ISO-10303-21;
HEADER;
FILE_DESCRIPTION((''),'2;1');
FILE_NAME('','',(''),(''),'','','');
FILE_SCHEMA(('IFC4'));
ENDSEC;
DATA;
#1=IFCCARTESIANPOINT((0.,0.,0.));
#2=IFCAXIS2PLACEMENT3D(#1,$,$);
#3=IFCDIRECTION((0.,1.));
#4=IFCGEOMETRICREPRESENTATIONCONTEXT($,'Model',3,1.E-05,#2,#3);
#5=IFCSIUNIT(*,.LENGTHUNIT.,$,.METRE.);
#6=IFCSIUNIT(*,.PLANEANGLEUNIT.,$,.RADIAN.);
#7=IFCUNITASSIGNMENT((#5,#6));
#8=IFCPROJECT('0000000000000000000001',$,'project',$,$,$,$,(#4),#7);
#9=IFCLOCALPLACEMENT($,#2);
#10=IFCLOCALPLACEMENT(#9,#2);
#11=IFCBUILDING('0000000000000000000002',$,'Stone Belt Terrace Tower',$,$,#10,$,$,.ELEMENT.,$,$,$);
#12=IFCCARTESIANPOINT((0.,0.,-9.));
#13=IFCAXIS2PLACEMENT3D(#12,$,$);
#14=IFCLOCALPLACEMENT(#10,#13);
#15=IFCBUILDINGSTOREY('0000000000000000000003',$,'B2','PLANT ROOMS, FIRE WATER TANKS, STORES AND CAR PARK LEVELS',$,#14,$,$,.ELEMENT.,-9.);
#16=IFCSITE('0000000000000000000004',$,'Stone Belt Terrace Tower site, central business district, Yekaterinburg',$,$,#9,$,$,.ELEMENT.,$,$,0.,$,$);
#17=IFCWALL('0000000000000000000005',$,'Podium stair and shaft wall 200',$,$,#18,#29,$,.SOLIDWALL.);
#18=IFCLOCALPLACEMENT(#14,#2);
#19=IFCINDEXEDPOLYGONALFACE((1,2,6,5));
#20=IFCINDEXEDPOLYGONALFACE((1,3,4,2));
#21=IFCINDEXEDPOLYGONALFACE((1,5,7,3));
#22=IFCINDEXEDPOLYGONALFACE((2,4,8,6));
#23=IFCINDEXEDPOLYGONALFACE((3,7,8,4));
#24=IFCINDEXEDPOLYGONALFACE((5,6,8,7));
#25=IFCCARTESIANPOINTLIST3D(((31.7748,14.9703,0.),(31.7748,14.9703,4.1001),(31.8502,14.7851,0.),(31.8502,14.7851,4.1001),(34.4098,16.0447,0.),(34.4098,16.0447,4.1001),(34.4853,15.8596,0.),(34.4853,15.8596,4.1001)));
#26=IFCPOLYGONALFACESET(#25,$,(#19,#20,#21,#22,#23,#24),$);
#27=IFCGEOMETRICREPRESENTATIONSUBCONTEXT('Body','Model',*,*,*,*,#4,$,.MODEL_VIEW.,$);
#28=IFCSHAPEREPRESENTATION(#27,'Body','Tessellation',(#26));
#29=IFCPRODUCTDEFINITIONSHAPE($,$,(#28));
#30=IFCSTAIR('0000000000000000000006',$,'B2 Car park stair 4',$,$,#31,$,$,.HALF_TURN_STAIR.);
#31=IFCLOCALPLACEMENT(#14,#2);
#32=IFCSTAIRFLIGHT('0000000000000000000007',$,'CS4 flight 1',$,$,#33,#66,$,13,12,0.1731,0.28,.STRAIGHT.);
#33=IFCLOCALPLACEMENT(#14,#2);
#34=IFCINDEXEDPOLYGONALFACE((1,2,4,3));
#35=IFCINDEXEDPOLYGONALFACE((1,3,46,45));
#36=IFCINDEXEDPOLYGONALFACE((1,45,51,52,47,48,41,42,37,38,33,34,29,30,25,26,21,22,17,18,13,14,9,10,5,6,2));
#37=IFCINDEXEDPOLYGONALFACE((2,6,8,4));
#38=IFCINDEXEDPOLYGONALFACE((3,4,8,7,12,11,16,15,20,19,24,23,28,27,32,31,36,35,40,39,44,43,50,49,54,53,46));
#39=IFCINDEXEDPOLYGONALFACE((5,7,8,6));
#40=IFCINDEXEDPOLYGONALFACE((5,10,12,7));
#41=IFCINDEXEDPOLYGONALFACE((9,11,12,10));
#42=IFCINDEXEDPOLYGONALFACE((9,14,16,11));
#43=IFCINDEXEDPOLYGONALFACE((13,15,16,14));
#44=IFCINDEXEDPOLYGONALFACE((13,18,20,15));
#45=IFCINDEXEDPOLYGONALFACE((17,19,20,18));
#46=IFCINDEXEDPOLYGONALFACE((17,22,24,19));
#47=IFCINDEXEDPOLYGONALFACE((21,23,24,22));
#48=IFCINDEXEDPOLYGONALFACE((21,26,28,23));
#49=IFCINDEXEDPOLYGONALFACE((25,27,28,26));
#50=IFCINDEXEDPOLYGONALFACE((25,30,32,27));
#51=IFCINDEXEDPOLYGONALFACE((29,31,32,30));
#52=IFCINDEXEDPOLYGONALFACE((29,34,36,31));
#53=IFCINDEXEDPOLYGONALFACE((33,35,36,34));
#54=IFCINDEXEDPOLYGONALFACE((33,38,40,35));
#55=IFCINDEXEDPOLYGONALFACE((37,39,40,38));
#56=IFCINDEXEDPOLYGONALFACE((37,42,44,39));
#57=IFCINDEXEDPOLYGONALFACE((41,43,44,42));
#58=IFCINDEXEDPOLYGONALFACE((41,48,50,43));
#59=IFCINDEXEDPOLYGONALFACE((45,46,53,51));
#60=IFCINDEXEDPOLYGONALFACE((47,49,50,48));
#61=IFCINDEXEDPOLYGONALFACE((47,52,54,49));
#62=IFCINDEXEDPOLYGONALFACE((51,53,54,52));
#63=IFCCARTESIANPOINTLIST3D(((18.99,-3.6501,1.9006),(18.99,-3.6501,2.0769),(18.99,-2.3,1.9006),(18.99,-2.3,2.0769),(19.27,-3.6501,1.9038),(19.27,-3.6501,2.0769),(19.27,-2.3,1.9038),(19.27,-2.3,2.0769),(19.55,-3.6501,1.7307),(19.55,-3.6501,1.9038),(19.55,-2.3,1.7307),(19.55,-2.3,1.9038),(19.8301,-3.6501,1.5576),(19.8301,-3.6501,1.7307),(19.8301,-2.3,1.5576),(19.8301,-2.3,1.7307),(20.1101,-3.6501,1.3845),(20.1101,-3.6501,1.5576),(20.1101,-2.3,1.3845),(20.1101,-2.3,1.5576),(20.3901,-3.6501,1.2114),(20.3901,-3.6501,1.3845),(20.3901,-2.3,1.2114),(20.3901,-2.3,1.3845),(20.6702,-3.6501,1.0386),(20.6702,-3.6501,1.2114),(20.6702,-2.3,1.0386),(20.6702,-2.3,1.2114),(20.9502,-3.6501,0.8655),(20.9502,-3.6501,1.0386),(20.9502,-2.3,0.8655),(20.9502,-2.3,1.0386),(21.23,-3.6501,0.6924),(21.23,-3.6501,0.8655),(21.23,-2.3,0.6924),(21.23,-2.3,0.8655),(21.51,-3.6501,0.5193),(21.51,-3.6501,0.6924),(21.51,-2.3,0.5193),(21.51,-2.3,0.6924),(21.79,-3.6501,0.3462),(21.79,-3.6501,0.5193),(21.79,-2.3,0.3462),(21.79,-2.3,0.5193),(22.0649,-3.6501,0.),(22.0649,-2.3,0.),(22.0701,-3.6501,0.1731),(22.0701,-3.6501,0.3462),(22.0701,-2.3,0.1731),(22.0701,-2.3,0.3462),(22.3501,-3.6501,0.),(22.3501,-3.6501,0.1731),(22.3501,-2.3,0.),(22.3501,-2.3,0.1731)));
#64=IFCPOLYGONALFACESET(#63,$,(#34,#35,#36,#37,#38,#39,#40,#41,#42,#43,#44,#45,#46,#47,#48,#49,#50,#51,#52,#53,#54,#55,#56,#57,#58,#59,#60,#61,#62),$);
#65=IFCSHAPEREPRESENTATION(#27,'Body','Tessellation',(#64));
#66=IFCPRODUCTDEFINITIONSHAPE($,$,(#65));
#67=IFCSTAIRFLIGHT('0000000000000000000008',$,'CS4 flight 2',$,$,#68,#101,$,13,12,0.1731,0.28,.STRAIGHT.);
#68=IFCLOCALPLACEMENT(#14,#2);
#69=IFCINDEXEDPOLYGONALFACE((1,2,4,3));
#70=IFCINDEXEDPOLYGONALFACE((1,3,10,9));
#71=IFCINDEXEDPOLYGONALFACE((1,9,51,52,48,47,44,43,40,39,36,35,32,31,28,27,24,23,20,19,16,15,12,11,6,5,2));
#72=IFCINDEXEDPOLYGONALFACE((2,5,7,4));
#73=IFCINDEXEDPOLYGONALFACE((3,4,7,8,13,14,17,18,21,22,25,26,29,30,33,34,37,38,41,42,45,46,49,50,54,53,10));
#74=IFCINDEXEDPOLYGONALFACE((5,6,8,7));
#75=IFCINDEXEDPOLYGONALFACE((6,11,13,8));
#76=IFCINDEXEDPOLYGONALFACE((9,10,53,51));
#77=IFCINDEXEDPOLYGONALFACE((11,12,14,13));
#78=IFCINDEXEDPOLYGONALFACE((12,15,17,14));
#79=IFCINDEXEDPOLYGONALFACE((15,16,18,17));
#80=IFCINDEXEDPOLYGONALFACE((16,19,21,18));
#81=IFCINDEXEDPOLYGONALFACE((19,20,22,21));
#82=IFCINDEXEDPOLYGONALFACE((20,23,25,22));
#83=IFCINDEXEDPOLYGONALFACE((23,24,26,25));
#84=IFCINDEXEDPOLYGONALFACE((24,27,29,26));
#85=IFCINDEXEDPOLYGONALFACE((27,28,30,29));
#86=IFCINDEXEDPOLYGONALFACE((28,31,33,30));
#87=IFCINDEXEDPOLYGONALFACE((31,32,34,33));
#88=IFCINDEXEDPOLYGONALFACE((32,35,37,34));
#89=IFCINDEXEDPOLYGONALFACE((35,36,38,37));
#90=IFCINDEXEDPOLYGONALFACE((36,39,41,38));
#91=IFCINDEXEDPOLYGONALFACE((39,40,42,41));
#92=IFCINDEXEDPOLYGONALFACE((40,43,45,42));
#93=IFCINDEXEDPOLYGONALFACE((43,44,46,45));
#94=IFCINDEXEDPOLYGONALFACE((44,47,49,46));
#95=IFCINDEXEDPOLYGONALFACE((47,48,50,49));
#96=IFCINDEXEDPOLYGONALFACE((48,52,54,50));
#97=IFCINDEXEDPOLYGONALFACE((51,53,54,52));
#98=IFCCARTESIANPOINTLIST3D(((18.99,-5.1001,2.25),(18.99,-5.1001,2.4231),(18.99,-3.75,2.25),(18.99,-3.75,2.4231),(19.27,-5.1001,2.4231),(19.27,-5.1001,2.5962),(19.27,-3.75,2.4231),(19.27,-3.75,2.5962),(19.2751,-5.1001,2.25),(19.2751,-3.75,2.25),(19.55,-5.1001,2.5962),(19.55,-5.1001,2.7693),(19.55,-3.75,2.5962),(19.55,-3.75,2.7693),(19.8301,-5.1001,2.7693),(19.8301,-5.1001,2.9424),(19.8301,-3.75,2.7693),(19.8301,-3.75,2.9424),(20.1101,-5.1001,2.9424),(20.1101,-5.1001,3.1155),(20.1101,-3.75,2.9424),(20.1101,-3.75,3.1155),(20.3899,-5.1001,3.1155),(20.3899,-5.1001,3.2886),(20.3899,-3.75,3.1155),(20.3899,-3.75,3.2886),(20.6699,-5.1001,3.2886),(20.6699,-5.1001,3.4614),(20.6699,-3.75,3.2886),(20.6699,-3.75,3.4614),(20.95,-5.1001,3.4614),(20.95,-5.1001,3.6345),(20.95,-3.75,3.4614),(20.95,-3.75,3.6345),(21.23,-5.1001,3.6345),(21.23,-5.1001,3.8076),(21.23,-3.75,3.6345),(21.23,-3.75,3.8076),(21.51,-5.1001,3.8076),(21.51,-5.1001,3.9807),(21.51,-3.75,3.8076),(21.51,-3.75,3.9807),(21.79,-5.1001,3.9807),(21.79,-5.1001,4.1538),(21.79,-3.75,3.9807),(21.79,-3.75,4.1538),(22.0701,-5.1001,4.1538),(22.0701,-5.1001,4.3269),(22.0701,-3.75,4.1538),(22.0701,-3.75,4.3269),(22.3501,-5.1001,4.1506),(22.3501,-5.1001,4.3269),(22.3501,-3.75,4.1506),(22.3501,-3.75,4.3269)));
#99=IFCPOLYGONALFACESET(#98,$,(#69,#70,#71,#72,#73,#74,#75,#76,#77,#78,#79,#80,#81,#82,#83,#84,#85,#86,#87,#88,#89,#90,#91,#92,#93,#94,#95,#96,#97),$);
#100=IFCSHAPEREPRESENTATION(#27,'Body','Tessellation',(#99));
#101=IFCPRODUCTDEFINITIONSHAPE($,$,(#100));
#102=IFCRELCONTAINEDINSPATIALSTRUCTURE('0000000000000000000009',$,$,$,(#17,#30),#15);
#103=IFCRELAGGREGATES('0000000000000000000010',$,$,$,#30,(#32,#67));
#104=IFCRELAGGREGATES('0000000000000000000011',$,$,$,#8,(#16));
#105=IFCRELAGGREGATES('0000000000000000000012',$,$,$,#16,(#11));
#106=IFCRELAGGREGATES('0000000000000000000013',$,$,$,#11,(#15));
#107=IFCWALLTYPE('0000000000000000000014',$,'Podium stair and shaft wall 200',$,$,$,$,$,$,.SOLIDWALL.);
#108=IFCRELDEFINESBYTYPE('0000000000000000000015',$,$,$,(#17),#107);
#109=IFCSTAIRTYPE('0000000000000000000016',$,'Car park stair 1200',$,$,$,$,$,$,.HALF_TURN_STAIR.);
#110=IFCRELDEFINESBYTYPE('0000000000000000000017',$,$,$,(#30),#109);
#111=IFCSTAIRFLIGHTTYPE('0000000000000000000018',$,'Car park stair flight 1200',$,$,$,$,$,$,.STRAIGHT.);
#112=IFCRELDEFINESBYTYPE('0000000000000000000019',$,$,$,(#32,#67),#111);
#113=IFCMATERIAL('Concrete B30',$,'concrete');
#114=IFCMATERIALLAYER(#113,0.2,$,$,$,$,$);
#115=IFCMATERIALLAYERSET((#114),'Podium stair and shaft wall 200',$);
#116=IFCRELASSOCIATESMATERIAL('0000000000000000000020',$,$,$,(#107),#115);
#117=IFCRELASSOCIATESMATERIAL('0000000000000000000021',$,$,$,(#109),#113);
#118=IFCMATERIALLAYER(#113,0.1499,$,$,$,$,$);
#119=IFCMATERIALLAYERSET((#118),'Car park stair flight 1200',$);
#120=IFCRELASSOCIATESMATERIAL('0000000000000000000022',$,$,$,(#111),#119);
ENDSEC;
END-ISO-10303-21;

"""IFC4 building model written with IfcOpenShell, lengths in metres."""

from ifc_helpers import new_model, si_unit, direction, frame, frame_2d, origin, place, context, subcontext, project, spatial, polyline, rectangle, outline, extrude, material, layer, layer_set, type_object, element, aggregate, save


model = new_model("IFC4")

# Units and contexts
model_context = context("Model", 3, precision=1e-05, world=origin(), true_north=direction((0.0, 1.0)))
body_context = subcontext(model_context, "Body", "Model", "MODEL_VIEW")
ifc_project = project(units=[si_unit("LENGTHUNIT", "METRE"), si_unit("PLANEANGLEUNIT", "RADIAN")], contexts=[model_context])

# Site, building, storey
site_placement = place(None, origin())
site = spatial("IfcSite", under=ifc_project, at=site_placement, Name="Stone Belt Terrace Tower site, central business district, Yekaterinburg", CompositionType="ELEMENT", RefElevation=0.0)
building_placement = place(site_placement, origin())
building = spatial("IfcBuilding", under=site, at=building_placement, Name="Stone Belt Terrace Tower", CompositionType="ELEMENT")
storey_placement = place(building_placement, frame((0.0, 0.0, -9.0)))
storey = spatial("IfcBuildingStorey", under=building, at=storey_placement, Name="B2", Description="PLANT ROOMS, FIRE WATER TANKS, STORES AND CAR PARK LEVELS", CompositionType="ELEMENT", Elevation=-9.0)

# Shared definitions
ifc_material_1 = material(Name="Concrete B30", Category="concrete")

# Wall
ifc_layer_1 = layer(ifc_material_1, 0.2)
ifc_layer_set_1 = layer_set([ifc_layer_1], Name="Podium stair and shaft wall 200")
wall_type_1 = type_object("IfcWallType", Name="Podium stair and shaft wall 200", PredefinedType="SOLIDWALL", material=ifc_layer_set_1)
wall_1_placement = place(storey_placement, frame((31.8125, 14.8777, 0.0), z_axis=(0.0, 0.0, 1.0), x_axis=(0.925977, 0.37758, 0.0)))
element("IfcWall", 1, at=wall_1_placement, inside=storey, type_object=wall_type_1, Name="Podium stair and shaft wall 200", PredefinedType="SOLIDWALL", context=body_context, shape_type="SweptSolid", body=[
    extrude(rectangle(XDim=2.8457, YDim=0.2, at=frame_2d((1.4229, 0.0))), origin(), (0.0, 0.0, 1.0), 4.1001),
])

# Stair, stair flights
stair_type = type_object("IfcStairType", Name="Car park stair 1200", PredefinedType="HALF_TURN_STAIR", material=ifc_material_1)
stair_placement = place(storey_placement, origin())
stair = element("IfcStair", 2, at=stair_placement, inside=storey, type_object=stair_type, Name="B2 Car park stair 4", PredefinedType="HALF_TURN_STAIR")
ifc_layer_2 = layer(ifc_material_1, 0.1499)
ifc_layer_set_2 = layer_set([ifc_layer_2], Name="Car park stair flight 1200")
stair_flight_type = type_object("IfcStairFlightType", Name="Car park stair flight 1200", PredefinedType="STRAIGHT", material=ifc_layer_set_2)
stair_flight_1_placement = place(storey_placement, frame((22.3501, -2.9751, 0.0), z_axis=(0.0, 0.0, 1.0), x_axis=(-1.0, 0.0, 0.0)))
stair_flight_1 = element("IfcStairFlight", 3, at=stair_flight_1_placement, type_object=stair_flight_type, Name="CS4 flight 1", NumberOfRisers=13, NumberOfTreads=12, PredefinedType="STRAIGHT", RiserHeight=0.1731, TreadLength=0.28, context=body_context, shape_type="SweptSolid", body=[
    extrude(outline(polyline([(0.0, 0.0), (0.0, 0.1731), (0.28, 0.1731), (0.28, 0.3462), (0.5601, 0.3462), (0.5601, 0.5193), (0.8401, 0.5193), (0.8401, 0.6924), (1.1201, 0.6924), (1.1201, 0.8655), (1.3999, 0.8655), (1.3999, 1.0386), (1.6799, 1.0386), (1.6799, 1.2114), (1.96, 1.2114), (1.96, 1.3845), (2.24, 1.3845), (2.24, 1.5576), (2.52, 1.5576), (2.52, 1.7307), (2.8, 1.7307), (2.8, 1.9038), (3.0801, 1.9038), (3.0801, 2.0769), (3.3601, 2.0769), (3.3601, 2.25), (3.3601, 1.9006), (0.2852, 0.0), (0.0, 0.0)])), frame((0.0, 0.675, 0.0), z_axis=(0.0, -1.0, 0.0), x_axis=(1.0, 0.0, 0.0)), (0.0, 0.0, 1.0), 1.3501),
])
stair_flight_2_placement = place(storey_placement, frame((18.99, -4.425, 2.25), z_axis=(0.0, 0.0, 1.0), x_axis=(1.0, 0.0, 0.0)))
stair_flight_2 = element("IfcStairFlight", 4, at=stair_flight_2_placement, type_object=stair_flight_type, Name="CS4 flight 2", NumberOfRisers=13, NumberOfTreads=12, PredefinedType="STRAIGHT", RiserHeight=0.1731, TreadLength=0.28, context=body_context, shape_type="SweptSolid", body=[
    extrude(outline(polyline([(0.0, 0.0), (0.0, 0.1731), (0.28, 0.1731), (0.28, 0.3462), (0.5601, 0.3462), (0.5601, 0.5193), (0.8401, 0.5193), (0.8401, 0.6924), (1.1201, 0.6924), (1.1201, 0.8655), (1.3999, 0.8655), (1.3999, 1.0386), (1.6799, 1.0386), (1.6799, 1.2114), (1.96, 1.2114), (1.96, 1.3845), (2.24, 1.3845), (2.24, 1.5576), (2.52, 1.5576), (2.52, 1.7307), (2.8, 1.7307), (2.8, 1.9038), (3.0801, 1.9038), (3.0801, 2.0769), (3.3601, 2.0769), (3.3601, 2.25), (3.3601, 1.9006), (0.2852, 0.0), (0.0, 0.0)])), frame((0.0, 0.675, 0.0), z_axis=(0.0, -1.0, 0.0), x_axis=(1.0, 0.0, 0.0)), (0.0, 0.0, 1.0), 1.3501),
])
aggregate(stair, [stair_flight_1, stair_flight_2])

save(model, "model.ifc")
